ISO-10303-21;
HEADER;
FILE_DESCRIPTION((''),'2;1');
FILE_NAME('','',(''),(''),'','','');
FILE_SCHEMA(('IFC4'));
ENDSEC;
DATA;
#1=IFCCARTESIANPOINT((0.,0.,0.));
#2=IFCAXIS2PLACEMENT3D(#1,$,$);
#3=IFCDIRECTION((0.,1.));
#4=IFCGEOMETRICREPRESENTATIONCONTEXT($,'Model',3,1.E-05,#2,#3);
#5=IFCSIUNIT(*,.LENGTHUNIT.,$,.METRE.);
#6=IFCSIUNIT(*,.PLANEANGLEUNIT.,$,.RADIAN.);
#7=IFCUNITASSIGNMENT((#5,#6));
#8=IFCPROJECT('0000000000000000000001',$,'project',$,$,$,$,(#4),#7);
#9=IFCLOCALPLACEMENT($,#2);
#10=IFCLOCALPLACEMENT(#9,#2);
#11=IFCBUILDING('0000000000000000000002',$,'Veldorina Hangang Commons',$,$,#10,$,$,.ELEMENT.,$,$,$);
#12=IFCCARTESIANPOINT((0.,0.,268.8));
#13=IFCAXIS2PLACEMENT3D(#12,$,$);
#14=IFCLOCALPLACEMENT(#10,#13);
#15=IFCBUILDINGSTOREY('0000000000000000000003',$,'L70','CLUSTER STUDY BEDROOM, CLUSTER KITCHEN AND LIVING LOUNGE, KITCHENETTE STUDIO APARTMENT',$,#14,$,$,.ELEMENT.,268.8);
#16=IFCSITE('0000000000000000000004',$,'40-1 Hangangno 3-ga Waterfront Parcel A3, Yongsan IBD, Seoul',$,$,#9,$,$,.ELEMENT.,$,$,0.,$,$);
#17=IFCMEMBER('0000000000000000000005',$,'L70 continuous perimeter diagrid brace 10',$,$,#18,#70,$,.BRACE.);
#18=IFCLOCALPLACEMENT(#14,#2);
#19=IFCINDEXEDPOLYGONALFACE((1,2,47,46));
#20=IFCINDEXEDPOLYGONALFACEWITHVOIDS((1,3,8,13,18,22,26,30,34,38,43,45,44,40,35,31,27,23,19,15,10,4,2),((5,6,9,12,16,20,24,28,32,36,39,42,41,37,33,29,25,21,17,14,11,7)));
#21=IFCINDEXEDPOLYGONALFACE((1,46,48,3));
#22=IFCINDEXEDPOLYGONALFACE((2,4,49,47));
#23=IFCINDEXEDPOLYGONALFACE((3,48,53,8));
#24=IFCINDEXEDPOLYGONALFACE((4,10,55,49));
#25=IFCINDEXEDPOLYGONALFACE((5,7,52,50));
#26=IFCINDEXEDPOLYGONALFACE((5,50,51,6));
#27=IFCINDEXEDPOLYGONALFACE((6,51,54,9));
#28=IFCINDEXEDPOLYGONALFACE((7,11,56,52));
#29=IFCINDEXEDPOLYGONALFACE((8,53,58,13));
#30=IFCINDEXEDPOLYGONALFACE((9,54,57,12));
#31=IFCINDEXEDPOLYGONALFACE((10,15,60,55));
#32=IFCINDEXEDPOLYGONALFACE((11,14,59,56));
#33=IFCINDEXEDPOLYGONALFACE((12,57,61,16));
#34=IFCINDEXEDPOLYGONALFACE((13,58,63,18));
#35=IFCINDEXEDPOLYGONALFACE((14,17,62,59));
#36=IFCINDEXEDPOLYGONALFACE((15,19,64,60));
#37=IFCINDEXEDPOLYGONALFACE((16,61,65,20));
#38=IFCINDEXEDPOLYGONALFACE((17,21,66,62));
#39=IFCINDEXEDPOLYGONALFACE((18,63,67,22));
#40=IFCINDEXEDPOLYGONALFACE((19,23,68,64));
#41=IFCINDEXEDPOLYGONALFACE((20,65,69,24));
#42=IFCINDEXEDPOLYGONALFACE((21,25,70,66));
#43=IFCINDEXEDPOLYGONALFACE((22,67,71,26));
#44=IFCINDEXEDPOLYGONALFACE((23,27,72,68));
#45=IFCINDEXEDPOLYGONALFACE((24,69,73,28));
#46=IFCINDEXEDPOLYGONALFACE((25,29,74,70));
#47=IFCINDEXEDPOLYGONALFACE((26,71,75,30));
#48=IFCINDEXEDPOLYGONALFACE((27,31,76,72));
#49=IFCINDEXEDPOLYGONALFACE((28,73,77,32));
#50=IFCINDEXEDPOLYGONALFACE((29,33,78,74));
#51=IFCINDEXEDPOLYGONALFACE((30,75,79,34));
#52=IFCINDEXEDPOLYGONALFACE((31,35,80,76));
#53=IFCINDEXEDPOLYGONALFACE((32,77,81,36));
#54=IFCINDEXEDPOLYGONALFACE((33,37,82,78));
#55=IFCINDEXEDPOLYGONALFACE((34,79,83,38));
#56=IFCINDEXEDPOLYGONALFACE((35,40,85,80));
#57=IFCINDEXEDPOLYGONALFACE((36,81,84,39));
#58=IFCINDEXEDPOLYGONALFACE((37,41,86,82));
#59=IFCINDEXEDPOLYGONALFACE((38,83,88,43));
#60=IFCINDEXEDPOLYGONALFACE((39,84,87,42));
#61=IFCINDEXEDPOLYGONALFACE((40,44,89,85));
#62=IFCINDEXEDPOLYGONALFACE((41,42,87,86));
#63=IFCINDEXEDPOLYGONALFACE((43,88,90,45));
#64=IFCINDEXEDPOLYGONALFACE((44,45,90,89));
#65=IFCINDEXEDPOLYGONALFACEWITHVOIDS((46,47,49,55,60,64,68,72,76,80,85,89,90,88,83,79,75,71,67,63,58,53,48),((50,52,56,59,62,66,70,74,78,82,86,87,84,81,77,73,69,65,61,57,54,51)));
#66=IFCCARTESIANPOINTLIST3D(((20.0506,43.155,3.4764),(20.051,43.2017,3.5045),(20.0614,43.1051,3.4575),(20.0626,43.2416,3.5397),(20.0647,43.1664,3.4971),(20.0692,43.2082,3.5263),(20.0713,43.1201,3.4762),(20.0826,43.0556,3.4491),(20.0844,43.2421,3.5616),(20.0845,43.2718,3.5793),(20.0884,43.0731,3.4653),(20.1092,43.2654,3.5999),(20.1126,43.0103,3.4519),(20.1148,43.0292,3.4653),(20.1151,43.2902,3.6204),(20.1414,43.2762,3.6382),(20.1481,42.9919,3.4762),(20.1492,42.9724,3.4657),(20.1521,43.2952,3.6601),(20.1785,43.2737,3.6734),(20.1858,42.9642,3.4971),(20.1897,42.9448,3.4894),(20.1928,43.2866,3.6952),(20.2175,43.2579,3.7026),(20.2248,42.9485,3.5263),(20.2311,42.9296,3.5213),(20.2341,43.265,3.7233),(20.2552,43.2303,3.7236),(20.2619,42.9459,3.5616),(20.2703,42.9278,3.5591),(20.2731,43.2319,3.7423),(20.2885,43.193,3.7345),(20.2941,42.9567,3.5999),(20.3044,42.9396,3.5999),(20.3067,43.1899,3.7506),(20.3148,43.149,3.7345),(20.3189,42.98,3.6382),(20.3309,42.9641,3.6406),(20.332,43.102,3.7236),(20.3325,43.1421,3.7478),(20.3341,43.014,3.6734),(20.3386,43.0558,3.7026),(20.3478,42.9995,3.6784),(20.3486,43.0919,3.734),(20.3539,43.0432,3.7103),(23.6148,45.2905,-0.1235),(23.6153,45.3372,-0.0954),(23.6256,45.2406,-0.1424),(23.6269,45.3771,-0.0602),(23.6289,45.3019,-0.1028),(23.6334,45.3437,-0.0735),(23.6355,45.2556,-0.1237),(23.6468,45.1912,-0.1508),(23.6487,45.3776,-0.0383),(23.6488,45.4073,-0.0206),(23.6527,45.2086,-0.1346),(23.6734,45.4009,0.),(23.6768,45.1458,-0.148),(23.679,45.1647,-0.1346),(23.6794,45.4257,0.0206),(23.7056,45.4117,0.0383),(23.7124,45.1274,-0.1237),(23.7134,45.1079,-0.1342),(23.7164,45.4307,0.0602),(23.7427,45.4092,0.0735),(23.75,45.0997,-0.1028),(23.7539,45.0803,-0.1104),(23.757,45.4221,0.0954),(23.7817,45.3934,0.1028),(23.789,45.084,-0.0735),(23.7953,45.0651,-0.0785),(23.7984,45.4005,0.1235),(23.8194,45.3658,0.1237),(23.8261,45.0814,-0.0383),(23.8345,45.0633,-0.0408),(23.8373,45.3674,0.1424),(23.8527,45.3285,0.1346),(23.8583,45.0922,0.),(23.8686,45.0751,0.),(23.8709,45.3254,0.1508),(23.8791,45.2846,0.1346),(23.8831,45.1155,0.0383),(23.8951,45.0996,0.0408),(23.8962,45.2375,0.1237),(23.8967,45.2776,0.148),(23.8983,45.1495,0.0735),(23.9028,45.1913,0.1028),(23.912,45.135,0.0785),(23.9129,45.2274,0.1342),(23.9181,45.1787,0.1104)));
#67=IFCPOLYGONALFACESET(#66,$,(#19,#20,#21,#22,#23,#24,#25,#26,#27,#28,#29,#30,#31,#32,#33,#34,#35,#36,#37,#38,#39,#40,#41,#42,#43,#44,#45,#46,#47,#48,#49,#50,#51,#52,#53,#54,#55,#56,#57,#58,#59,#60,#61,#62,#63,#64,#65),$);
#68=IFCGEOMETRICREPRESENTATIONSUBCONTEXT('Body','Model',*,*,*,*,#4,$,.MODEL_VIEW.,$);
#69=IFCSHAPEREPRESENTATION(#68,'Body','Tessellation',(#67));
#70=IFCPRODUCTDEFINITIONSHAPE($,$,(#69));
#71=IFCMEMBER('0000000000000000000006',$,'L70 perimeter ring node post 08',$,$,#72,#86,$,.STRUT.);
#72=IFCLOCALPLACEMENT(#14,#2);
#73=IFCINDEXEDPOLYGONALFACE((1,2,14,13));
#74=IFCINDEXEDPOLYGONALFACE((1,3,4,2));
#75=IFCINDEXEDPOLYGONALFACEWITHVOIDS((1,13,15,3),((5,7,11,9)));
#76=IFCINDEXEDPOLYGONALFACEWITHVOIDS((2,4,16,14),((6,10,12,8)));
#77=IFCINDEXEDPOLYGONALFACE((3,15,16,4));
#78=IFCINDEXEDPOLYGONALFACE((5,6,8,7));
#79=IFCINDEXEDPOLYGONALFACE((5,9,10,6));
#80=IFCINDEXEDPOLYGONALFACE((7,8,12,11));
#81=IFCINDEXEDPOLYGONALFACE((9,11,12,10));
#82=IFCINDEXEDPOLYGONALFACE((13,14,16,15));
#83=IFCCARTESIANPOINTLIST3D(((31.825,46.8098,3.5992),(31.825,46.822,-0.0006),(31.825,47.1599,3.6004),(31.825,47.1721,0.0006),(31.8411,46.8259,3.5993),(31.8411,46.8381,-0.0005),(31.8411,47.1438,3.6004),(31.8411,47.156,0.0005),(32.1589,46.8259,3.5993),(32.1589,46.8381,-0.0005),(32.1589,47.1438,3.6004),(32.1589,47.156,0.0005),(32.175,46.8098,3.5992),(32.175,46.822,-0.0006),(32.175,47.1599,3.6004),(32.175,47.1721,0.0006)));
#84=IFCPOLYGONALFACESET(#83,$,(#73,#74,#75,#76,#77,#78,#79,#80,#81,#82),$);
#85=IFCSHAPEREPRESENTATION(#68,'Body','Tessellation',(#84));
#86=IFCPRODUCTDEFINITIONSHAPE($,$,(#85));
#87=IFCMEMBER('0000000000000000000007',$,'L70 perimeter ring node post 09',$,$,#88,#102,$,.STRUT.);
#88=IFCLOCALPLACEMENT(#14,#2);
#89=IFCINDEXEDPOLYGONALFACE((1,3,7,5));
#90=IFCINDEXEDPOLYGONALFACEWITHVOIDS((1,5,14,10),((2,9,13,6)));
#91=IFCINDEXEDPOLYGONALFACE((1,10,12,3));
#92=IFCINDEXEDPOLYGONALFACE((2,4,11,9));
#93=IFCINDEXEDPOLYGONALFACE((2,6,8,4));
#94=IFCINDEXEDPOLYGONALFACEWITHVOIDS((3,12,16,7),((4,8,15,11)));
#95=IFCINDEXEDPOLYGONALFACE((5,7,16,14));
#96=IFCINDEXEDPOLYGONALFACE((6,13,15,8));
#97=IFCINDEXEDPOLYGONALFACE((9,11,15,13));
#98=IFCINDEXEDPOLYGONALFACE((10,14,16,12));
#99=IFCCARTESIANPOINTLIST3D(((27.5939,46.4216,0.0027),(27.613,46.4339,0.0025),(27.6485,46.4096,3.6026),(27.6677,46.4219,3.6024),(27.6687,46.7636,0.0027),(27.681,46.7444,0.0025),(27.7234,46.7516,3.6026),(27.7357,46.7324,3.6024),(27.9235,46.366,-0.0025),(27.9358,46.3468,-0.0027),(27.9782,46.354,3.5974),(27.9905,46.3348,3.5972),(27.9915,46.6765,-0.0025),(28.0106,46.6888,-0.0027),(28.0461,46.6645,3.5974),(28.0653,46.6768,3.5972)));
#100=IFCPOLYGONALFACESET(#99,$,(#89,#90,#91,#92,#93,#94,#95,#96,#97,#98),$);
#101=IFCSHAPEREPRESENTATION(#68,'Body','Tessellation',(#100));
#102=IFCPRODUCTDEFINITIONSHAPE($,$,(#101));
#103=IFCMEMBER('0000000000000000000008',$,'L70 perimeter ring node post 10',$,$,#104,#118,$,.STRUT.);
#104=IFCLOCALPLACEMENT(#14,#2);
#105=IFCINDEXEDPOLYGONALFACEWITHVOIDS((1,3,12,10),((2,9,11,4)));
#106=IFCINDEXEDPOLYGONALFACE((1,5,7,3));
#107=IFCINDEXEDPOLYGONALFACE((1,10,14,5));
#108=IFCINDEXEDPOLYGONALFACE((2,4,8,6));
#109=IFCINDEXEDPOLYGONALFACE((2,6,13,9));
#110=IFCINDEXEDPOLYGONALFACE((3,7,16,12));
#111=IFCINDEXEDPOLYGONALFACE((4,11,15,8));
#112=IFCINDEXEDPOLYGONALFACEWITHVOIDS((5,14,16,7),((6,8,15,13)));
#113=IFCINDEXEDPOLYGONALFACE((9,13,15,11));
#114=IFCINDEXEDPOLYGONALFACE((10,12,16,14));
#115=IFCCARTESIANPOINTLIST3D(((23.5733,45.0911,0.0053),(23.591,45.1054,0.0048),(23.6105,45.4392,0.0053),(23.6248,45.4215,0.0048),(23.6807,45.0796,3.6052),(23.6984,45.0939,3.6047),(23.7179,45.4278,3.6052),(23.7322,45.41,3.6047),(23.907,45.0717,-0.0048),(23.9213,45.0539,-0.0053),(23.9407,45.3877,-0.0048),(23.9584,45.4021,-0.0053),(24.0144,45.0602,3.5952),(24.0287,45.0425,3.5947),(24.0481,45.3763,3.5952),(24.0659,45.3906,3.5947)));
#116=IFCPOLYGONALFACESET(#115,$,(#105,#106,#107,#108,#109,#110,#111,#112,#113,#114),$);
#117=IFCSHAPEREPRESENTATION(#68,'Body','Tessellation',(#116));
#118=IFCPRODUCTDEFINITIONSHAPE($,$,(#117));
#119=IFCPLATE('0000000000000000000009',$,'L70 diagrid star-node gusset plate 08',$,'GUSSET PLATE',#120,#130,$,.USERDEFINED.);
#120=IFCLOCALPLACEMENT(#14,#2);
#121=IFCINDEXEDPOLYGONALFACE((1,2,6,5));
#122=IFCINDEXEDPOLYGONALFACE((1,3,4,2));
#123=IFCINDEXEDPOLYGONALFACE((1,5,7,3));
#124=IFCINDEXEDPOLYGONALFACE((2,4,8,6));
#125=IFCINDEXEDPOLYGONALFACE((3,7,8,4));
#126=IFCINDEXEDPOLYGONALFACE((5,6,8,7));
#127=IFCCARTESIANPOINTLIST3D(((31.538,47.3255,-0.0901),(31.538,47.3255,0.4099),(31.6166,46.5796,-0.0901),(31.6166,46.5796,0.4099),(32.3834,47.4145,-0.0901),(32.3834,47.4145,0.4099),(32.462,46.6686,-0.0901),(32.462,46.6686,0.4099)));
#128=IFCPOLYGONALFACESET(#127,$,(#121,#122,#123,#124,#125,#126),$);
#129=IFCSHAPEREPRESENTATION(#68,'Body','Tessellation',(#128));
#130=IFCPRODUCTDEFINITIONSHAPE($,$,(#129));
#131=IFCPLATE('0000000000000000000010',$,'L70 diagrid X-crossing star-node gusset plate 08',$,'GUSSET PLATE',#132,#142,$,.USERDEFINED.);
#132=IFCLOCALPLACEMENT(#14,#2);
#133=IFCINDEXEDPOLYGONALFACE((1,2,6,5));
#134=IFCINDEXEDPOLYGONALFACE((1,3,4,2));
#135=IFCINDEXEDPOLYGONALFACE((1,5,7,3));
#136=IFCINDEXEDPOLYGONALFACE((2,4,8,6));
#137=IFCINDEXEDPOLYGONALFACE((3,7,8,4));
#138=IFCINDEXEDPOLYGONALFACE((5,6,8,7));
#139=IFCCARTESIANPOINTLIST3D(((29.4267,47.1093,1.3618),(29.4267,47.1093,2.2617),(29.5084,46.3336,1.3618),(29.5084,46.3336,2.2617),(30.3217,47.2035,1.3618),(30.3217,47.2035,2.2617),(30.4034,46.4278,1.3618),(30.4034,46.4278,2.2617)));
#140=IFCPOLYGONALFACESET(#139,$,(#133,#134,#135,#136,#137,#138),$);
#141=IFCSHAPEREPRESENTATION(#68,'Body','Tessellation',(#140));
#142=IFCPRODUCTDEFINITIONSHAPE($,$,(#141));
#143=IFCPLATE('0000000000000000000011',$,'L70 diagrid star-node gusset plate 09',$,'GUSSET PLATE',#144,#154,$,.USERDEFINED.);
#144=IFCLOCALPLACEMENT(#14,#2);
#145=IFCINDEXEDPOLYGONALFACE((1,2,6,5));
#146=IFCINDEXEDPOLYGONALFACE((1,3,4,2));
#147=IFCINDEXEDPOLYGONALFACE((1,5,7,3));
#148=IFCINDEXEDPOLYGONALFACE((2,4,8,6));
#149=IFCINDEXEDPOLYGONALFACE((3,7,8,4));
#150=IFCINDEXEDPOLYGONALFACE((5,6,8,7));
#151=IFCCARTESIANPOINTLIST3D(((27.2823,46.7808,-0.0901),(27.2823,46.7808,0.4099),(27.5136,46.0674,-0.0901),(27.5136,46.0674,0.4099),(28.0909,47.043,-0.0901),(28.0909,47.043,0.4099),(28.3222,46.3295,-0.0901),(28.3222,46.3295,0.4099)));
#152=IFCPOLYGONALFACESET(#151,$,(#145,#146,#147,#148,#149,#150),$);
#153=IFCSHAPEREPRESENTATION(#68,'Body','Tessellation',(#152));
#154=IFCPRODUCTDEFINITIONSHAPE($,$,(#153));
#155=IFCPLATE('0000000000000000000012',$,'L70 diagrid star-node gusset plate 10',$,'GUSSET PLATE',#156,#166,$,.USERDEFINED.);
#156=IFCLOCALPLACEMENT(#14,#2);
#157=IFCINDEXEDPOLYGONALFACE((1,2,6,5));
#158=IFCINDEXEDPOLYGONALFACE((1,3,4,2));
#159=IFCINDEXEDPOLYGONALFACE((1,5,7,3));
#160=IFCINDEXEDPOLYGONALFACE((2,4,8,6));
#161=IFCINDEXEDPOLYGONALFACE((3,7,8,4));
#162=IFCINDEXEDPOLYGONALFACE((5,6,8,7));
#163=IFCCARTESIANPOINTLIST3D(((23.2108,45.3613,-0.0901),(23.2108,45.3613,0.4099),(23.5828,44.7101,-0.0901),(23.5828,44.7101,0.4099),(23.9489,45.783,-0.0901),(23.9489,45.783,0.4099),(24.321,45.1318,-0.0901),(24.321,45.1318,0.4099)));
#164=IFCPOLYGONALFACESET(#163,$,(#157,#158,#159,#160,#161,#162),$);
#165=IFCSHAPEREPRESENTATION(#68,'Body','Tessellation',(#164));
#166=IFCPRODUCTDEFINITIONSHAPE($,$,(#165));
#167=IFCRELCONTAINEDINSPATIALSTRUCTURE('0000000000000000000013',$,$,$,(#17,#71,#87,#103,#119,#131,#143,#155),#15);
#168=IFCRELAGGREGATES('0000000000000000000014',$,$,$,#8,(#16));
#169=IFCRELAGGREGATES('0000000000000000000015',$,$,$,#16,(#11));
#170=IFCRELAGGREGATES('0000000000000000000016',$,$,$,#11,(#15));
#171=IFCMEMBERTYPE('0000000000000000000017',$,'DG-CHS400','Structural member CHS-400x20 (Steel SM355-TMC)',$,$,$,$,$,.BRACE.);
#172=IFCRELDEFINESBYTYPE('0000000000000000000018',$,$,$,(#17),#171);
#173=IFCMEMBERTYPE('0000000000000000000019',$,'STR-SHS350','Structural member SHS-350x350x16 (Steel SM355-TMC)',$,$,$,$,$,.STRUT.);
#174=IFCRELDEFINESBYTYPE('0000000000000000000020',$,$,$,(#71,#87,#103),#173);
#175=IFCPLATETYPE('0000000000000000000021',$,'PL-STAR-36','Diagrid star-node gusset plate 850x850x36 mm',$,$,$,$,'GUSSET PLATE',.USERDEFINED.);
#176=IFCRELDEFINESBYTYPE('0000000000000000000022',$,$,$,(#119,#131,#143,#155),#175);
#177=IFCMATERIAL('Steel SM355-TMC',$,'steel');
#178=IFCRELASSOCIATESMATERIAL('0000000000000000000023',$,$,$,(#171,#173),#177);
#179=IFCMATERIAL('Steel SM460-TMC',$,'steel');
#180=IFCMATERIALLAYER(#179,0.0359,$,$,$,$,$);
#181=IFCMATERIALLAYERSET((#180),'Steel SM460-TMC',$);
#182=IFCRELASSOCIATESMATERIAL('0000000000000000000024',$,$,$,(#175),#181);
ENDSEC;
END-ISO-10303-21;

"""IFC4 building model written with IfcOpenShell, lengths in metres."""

from ifc_helpers import new_model, si_unit, direction, frame, origin, origin_2d, place, context, subcontext, project, spatial, rectangle, hollow_rectangle, hollow_circle, extrude, material, layer, layer_set, material_profile, profile_set, type_object, element, save


model = new_model("IFC4")

# Units and contexts
model_context = context("Model", 3, precision=1e-05, world=origin(), true_north=direction((0.0, 1.0)))
body_context = subcontext(model_context, "Body", "Model", "MODEL_VIEW")
ifc_project = project(units=[si_unit("LENGTHUNIT", "METRE"), si_unit("PLANEANGLEUNIT", "RADIAN")], contexts=[model_context])

# Site, building, storey
site_placement = place(None, origin())
site = spatial("IfcSite", under=ifc_project, at=site_placement, Name="40-1 Hangangno 3-ga Waterfront Parcel A3, Yongsan IBD, Seoul", CompositionType="ELEMENT", RefElevation=0.0)
building_placement = place(site_placement, origin())
building = spatial("IfcBuilding", under=site, at=building_placement, Name="Veldorina Hangang Commons", CompositionType="ELEMENT")
storey_placement = place(building_placement, frame((0.0, 0.0, 268.8)))
storey = spatial("IfcBuildingStorey", under=building, at=storey_placement, Name="L70", Description="CLUSTER STUDY BEDROOM, CLUSTER KITCHEN AND LIVING LOUNGE, KITCHENETTE STUDIO APARTMENT", CompositionType="ELEMENT", Elevation=268.8)

# Shared definitions
ifc_material_1 = material(Name="Steel SM355-TMC", Category="steel")

# Members
ifc_material_profile_1 = material_profile(ifc_material_1, hollow_circle(Radius=0.2, WallThickness=0.02, at=origin_2d()), Name="CHS-400x20")
ifc_profile_set_1 = profile_set([ifc_material_profile_1], Name="Steel SM355-TMC")
member_type_1 = type_object("IfcMemberType", Name="DG-CHS400", Description="Structural member CHS-400x20 (Steel SM355-TMC)", PredefinedType="BRACE", material=ifc_profile_set_1)
member_1_placement = place(storey_placement, frame((23.7659, 45.2466, 0.0), z_axis=(-0.648329, -0.388447, 0.654812), x_axis=(0.51396, -0.857814, 0.0)))
element("IfcMember", 1, at=member_1_placement, inside=storey, type_object=member_type_1, Name="L70 continuous perimeter diagrid brace 10", PredefinedType="BRACE", context=body_context, shape_type="SweptSolid", body=[
    extrude(hollow_circle(Radius=0.2, WallThickness=0.02, at=origin_2d()), origin(), (0.0, 0.0, 1.0), 5.4976),
])
ifc_material_profile_2 = material_profile(ifc_material_1, hollow_rectangle(XDim=0.3501, YDim=0.3501, WallThickness=0.0161, at=origin_2d()), Name="SHS-350x350x16")
ifc_profile_set_2 = profile_set([ifc_material_profile_2], Name="Steel SM355-TMC")
member_type_2 = type_object("IfcMemberType", Name="STR-SHS350", Description="Structural member SHS-350x350x16 (Steel SM355-TMC)", PredefinedType="STRUT", material=ifc_profile_set_2)
member_2_placement = place(storey_placement, frame((32.0, 46.9971, 0.0), z_axis=(0.0, -0.003391, 0.999994), x_axis=(1.0, 0.0, 0.0)))
element("IfcMember", 2, at=member_2_placement, inside=storey, type_object=member_type_2, Name="L70 perimeter ring node post 08", PredefinedType="STRUT", context=body_context, shape_type="SweptSolid", body=[
    extrude(hollow_rectangle(XDim=0.3501, YDim=0.3501, WallThickness=0.0161, at=origin_2d()), origin(), (0.0, 0.0, 1.0), 3.5999),
])
member_3_placement = place(storey_placement, frame((27.8022, 46.5552, 0.0), z_axis=(0.01519, -0.003323, 0.999879), x_axis=(0.213697, 0.9769, 0.0)))
element("IfcMember", 3, at=member_3_placement, inside=storey, type_object=member_type_2, Name="L70 perimeter ring node post 09", PredefinedType="STRUT", context=body_context, shape_type="SweptSolid", body=[
    extrude(hollow_rectangle(XDim=0.3501, YDim=0.3501, WallThickness=0.0161, at=origin_2d()), origin(), (0.0, 0.0, 1.0), 3.6003),
])
member_4_placement = place(storey_placement, frame((23.7659, 45.2466, 0.0), z_axis=(0.029827, -0.003186, 0.99955), x_axis=(0.106214, 0.994343, 0.0)))
element("IfcMember", 4, at=member_4_placement, inside=storey, type_object=member_type_2, Name="L70 perimeter ring node post 10", PredefinedType="STRUT", context=body_context, shape_type="SweptSolid", body=[
    extrude(hollow_rectangle(XDim=0.3501, YDim=0.3501, WallThickness=0.0161, at=origin_2d()), origin(), (0.0, 0.0, 1.0), 3.6016),
])

# Plates
ifc_material_2 = material(Name="Steel SM460-TMC", Category="steel")
ifc_layer_1 = layer(ifc_material_2, 0.0359)
ifc_layer_set_1 = layer_set([ifc_layer_1], Name="Steel SM460-TMC")
plate_type = type_object("IfcPlateType", Name="PL-STAR-36", Description="Diagrid star-node gusset plate 850x850x36 mm", ElementType="GUSSET PLATE", PredefinedType="USERDEFINED", material=ifc_layer_set_1)
plate_1_placement = place(storey_placement, frame((32.0, 46.9971, -0.0901), z_axis=(0.0, 0.0, 1.0), x_axis=(-0.994504, -0.104702, 0.0)))
element("IfcPlate", 5, at=plate_1_placement, inside=storey, type_object=plate_type, Name="L70 diagrid star-node gusset plate 08", ObjectType="GUSSET PLATE", PredefinedType="USERDEFINED", context=body_context, shape_type="SweptSolid", body=[
    extrude(rectangle(XDim=0.8501, YDim=0.75, at=origin_2d()), origin(), (0.0, 0.0, 1.0), 0.5),
])
plate_2_placement = place(storey_placement, frame((29.915, 46.7686, 1.3618), z_axis=(0.0, 0.0, 1.0), x_axis=(-0.994504, -0.104702, 0.0)))
element("IfcPlate", 6, at=plate_2_placement, inside=storey, type_object=plate_type, Name="L70 diagrid X-crossing star-node gusset plate 08", ObjectType="GUSSET PLATE", PredefinedType="USERDEFINED", context=body_context, shape_type="SweptSolid", body=[
    extrude(rectangle(XDim=0.8999, YDim=0.78, at=origin_2d()), origin(), (0.0, 0.0, 1.0), 0.8999),
])
for number, where, z_axis, x_axis, name in (
    (7, (27.8022, 46.5552, -0.0901), (0.0, 0.0, 1.0), (-0.951256, -0.308403, 0.0), "L70 diagrid star-node gusset plate 09"),
    (8, (23.7659, 45.2466, -0.0901), (0.0, 0.0, 1.0), (-0.868294, -0.49605, 0.0), "L70 diagrid star-node gusset plate 10"),
):
    element("IfcPlate", number, at=place(storey_placement, frame(where, z_axis=z_axis, x_axis=x_axis)), inside=storey, type_object=plate_type, Name=name, ObjectType="GUSSET PLATE", PredefinedType="USERDEFINED", context=body_context, shape_type="SweptSolid", body=[
        extrude(rectangle(XDim=0.8501, YDim=0.75, at=origin_2d()), origin(), (0.0, 0.0, 1.0), 0.5),
    ])

save(model, "model.ifc")
